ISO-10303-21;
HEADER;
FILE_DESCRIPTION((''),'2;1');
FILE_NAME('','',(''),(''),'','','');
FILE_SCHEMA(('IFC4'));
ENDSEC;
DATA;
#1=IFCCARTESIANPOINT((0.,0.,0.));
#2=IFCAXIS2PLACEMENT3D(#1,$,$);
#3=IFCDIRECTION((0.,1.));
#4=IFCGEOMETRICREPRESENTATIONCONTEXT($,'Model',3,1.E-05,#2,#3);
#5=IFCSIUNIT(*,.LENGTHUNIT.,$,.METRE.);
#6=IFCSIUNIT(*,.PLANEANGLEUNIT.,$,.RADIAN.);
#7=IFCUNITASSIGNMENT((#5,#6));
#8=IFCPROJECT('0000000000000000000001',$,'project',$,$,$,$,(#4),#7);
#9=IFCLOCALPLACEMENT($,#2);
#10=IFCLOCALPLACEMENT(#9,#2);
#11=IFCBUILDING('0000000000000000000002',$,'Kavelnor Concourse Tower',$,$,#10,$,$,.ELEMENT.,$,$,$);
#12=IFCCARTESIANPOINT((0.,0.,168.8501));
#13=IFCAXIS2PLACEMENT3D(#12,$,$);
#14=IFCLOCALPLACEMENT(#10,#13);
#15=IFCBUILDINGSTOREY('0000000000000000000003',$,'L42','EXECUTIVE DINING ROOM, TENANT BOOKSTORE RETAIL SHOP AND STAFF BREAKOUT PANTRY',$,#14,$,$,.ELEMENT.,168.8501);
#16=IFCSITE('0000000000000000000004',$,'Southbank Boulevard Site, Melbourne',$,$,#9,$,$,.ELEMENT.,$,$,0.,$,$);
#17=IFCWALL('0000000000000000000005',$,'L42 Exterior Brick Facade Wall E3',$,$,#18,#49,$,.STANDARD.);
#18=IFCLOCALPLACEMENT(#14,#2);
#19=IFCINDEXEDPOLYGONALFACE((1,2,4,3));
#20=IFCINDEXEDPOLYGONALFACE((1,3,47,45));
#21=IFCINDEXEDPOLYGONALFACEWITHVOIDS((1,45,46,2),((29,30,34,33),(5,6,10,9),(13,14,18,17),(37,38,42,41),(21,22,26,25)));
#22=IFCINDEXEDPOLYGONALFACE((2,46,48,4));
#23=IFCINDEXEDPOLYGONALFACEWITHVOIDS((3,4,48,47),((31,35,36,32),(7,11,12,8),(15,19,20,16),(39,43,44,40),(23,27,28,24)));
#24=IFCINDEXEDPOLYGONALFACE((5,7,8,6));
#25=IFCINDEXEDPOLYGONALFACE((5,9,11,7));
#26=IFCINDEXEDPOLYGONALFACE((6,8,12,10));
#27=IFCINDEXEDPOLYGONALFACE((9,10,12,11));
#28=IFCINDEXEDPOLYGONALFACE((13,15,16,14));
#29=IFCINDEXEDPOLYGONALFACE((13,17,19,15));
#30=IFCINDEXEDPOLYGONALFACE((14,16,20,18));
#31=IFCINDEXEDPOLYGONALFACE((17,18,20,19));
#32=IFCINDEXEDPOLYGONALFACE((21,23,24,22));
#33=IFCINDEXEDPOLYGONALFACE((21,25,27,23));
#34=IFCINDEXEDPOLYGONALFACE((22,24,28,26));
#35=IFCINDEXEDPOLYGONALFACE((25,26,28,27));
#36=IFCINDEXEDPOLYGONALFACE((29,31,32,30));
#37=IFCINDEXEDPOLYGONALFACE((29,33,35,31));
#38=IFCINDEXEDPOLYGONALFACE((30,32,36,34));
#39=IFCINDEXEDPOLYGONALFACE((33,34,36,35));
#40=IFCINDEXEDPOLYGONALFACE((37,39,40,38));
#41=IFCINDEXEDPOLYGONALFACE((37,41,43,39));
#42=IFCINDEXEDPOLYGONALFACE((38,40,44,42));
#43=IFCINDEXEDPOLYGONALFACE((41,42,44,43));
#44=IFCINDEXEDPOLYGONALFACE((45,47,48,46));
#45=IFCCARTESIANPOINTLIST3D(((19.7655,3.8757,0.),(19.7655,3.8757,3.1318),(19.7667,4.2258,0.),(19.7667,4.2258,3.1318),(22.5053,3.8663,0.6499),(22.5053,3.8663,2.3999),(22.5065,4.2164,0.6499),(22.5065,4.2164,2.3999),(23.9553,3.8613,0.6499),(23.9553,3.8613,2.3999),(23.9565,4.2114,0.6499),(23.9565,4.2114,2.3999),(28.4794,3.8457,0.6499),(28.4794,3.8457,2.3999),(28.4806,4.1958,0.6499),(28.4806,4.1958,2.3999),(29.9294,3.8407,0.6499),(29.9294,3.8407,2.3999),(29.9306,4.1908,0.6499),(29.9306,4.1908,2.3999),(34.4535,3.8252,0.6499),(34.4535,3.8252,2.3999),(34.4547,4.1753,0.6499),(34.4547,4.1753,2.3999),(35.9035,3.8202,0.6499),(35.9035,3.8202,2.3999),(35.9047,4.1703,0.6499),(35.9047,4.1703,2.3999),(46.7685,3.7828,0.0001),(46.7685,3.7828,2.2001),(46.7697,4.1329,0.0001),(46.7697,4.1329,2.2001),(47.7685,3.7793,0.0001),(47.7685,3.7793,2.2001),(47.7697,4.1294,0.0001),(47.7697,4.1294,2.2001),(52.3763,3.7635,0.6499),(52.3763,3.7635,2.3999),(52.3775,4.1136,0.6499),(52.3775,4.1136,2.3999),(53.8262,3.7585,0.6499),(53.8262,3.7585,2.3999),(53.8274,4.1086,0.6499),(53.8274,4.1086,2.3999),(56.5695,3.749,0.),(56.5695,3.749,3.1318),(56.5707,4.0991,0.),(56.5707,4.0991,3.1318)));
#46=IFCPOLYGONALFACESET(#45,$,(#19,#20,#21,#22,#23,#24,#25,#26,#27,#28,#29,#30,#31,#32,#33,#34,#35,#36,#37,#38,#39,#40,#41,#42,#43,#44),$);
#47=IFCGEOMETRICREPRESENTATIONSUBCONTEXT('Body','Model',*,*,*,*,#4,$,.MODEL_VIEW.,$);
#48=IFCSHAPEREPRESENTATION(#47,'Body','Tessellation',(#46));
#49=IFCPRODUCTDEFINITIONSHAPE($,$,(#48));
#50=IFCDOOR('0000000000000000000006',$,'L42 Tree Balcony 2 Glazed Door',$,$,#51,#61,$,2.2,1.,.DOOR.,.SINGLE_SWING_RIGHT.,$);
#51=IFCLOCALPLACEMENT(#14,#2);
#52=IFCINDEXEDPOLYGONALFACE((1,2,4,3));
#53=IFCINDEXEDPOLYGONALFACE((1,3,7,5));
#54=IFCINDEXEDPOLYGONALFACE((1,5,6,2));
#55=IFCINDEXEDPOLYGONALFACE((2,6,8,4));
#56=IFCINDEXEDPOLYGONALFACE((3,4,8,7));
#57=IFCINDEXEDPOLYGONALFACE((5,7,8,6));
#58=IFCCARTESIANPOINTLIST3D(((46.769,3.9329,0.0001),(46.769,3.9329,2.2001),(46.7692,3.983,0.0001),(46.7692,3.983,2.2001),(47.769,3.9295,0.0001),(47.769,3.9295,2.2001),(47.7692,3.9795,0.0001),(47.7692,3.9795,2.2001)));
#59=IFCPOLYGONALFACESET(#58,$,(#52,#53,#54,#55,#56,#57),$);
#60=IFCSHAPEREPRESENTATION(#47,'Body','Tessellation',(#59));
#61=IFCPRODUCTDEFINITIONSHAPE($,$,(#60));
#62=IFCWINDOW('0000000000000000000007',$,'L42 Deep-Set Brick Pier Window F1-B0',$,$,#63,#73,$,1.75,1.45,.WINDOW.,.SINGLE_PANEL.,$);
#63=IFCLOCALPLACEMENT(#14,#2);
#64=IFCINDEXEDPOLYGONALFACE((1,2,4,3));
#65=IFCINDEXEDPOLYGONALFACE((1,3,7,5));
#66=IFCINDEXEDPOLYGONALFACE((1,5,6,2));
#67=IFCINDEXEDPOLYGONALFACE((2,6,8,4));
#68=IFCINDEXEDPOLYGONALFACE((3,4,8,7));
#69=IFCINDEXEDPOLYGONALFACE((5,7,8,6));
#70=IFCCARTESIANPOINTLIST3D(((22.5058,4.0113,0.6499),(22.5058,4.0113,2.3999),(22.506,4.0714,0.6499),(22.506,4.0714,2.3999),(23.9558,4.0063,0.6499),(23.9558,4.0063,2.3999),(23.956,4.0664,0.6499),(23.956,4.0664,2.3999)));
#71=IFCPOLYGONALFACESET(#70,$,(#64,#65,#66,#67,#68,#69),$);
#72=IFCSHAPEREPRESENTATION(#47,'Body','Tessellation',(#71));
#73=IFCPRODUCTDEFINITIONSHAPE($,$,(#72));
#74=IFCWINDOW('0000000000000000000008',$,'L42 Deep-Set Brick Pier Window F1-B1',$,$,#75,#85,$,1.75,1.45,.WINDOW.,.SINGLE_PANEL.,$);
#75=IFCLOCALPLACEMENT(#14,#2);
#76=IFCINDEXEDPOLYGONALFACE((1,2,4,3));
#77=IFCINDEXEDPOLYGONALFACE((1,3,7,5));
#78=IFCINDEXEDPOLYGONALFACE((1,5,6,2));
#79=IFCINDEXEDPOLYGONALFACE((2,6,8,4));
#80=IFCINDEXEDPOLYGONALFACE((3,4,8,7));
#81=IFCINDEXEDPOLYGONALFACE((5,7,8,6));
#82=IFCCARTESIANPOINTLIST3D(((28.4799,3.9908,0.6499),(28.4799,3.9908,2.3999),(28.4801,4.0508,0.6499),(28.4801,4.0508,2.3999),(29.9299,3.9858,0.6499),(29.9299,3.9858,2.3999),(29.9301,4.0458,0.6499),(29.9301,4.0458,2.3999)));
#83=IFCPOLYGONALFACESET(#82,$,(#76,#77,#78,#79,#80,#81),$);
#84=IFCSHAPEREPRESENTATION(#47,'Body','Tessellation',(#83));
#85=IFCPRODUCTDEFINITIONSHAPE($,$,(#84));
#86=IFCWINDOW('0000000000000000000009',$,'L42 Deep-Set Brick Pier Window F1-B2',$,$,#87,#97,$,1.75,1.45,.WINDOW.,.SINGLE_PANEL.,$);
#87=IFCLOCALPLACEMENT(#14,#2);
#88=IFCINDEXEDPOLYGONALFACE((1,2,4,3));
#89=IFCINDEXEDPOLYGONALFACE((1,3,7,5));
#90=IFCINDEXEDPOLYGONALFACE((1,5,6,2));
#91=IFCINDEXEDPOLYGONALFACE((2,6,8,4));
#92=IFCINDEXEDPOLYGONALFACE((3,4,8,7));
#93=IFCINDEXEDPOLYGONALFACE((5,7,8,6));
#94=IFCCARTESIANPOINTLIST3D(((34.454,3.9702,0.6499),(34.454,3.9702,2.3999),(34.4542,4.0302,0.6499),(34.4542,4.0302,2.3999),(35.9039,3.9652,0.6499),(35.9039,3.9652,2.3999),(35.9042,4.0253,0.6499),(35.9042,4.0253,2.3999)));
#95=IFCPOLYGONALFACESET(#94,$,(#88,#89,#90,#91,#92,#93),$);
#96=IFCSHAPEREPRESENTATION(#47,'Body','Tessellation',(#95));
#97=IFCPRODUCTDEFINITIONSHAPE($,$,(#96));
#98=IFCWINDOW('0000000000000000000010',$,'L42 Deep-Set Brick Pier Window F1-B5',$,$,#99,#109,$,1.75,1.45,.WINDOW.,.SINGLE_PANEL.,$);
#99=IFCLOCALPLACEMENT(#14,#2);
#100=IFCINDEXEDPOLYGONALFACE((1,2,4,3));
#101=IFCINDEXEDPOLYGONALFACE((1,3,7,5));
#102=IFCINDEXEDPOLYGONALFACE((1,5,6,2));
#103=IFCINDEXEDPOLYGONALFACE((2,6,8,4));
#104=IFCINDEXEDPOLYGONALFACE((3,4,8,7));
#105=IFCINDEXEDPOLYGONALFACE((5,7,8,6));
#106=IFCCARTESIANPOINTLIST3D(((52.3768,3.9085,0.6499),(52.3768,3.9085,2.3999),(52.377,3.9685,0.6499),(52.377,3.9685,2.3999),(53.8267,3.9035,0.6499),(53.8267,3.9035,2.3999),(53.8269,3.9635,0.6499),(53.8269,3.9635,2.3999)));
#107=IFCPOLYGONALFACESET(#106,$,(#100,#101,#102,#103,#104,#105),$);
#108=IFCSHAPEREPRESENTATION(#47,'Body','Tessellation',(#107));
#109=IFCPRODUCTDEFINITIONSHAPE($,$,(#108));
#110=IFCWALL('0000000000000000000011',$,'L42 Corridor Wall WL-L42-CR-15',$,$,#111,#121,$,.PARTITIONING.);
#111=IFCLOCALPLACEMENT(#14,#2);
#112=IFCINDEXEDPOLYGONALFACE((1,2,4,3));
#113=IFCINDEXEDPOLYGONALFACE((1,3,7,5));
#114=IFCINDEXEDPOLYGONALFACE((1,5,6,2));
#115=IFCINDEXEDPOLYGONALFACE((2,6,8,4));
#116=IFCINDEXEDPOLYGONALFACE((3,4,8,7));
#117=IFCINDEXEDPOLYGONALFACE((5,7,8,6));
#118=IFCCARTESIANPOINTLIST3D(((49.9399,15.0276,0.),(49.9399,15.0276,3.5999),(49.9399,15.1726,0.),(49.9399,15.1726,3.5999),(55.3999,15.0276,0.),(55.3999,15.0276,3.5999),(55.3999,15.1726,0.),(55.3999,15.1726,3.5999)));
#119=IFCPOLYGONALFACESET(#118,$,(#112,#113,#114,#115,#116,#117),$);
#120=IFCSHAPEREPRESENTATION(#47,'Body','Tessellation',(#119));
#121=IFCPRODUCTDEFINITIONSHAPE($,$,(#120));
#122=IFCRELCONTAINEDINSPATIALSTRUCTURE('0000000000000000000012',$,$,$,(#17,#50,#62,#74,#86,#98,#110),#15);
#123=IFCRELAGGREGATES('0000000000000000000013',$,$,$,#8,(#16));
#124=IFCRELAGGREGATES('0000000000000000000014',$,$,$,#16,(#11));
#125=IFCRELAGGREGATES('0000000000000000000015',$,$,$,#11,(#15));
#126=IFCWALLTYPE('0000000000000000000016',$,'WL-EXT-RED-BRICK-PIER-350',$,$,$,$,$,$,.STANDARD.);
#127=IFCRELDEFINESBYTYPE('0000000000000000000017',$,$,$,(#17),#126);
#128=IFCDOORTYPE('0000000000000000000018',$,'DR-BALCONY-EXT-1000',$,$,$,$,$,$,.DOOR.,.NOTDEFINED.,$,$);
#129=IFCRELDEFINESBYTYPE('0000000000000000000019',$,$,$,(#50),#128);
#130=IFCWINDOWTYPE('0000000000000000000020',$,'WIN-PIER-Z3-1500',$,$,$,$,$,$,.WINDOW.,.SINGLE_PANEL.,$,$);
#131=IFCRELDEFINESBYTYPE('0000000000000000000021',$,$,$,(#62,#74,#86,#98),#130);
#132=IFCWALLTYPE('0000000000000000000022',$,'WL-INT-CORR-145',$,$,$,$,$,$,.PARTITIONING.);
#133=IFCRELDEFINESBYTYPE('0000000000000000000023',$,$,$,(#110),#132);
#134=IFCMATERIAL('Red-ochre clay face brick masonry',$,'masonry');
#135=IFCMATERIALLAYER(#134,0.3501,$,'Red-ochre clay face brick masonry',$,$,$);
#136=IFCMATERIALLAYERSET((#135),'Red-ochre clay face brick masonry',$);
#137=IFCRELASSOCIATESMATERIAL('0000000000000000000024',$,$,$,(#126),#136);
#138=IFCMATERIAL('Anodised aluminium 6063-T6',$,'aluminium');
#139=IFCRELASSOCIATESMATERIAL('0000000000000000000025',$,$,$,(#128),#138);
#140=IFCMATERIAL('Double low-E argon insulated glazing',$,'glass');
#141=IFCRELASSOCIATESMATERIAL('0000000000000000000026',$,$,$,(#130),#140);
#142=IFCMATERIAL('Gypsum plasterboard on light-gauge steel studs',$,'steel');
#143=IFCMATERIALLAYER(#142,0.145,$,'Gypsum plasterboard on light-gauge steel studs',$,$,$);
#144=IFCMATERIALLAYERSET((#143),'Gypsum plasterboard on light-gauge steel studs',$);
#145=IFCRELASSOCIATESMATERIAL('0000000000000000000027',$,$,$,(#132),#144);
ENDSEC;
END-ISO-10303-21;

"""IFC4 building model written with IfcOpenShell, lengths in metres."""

from ifc_helpers import new_model, si_unit, direction, frame, frame_2d, origin, place, context, subcontext, project, spatial, rectangle, extrude, material, layer, layer_set, type_object, element, fill, save


model = new_model("IFC4")

# Units and contexts
model_context = context("Model", 3, precision=1e-05, world=origin(), true_north=direction((0.0, 1.0)))
body_context = subcontext(model_context, "Body", "Model", "MODEL_VIEW")
ifc_project = project(units=[si_unit("LENGTHUNIT", "METRE"), si_unit("PLANEANGLEUNIT", "RADIAN")], contexts=[model_context])

# Site, building, storey
site_placement = place(None, origin())
site = spatial("IfcSite", under=ifc_project, at=site_placement, Name="Southbank Boulevard Site, Melbourne", CompositionType="ELEMENT", RefElevation=0.0)
building_placement = place(site_placement, origin())
building = spatial("IfcBuilding", under=site, at=building_placement, Name="Kavelnor Concourse Tower", CompositionType="ELEMENT")
storey_placement = place(building_placement, frame((0.0, 0.0, 168.8501)))
storey = spatial("IfcBuildingStorey", under=building, at=storey_placement, Name="L42", Description="EXECUTIVE DINING ROOM, TENANT BOOKSTORE RETAIL SHOP AND STAFF BREAKOUT PANTRY", CompositionType="ELEMENT", Elevation=168.8501)

# Shared definitions
ifc_material_1 = material(Name="Double low-E argon insulated glazing", Category="glass")

# Wall, openings, door, windows
ifc_material_2 = material(Name="Red-ochre clay face brick masonry", Category="masonry")
ifc_layer_1 = layer(ifc_material_2, 0.3501, Name="Red-ochre clay face brick masonry")
ifc_layer_set_1 = layer_set([ifc_layer_1], Name="Red-ochre clay face brick masonry")
wall_type_1 = type_object("IfcWallType", Name="WL-EXT-RED-BRICK-PIER-350", PredefinedType="STANDARD", material=ifc_layer_set_1)
wall_1_placement = place(storey_placement, frame((56.5701, 3.9241, 0.0), z_axis=(0.0, 0.0, 1.0), x_axis=(-0.999994, 0.003443, 0.0)))
wall_1 = element("IfcWall", 1, at=wall_1_placement, inside=storey, type_object=wall_type_1, Name="L42 Exterior Brick Facade Wall E3", PredefinedType="STANDARD", context=body_context, shape_type="SweptSolid", body=[
    extrude(rectangle(XDim=36.8042, YDim=0.3501, at=frame_2d((18.4021, 0.0))), origin(), (0.0, 0.0, 1.0), 3.1318),
])
opening_1_placement = place(wall_1_placement, frame((8.801, 0.0, 0.0)))
opening_1 = element("IfcOpeningElement", 2, at=opening_1_placement, cuts=wall_1, PredefinedType="OPENING", context=body_context, shape_type="SweptSolid", body=[
    extrude(rectangle(XDim=1.0, YDim=2.2, at=frame_2d((0.5, 1.1001))), frame((0.0, 0.1851, 0.0), z_axis=(0.0, -1.0, 0.0), x_axis=(1.0, 0.0, 0.0)), (0.0, 0.0, 1.0), 0.3701),
])
opening_2_placement = place(wall_1_placement, frame((32.6143, 0.0, 0.6499)))
opening_2 = element("IfcOpeningElement", 3, at=opening_2_placement, cuts=wall_1, PredefinedType="OPENING", context=body_context, shape_type="SweptSolid", body=[
    extrude(rectangle(XDim=1.45, YDim=1.75, at=frame_2d((0.7251, 0.875))), frame((0.0, 0.1851, 0.0), z_axis=(0.0, -1.0, 0.0), x_axis=(1.0, 0.0, 0.0)), (0.0, 0.0, 1.0), 0.3701),
])
opening_3_placement = place(wall_1_placement, frame((26.6401, 0.0, 0.6499)))
opening_3 = element("IfcOpeningElement", 4, at=opening_3_placement, cuts=wall_1, PredefinedType="OPENING", context=body_context, shape_type="SweptSolid", body=[
    extrude(rectangle(XDim=1.45, YDim=1.75, at=frame_2d((0.7251, 0.875))), frame((0.0, 0.1851, 0.0), z_axis=(0.0, -1.0, 0.0), x_axis=(1.0, 0.0, 0.0)), (0.0, 0.0, 1.0), 0.3701),
])
opening_4_placement = place(wall_1_placement, frame((20.666, 0.0, 0.6499)))
opening_4 = element("IfcOpeningElement", 5, at=opening_4_placement, cuts=wall_1, PredefinedType="OPENING", context=body_context, shape_type="SweptSolid", body=[
    extrude(rectangle(XDim=1.45, YDim=1.75, at=frame_2d((0.7251, 0.875))), frame((0.0, 0.1851, 0.0), z_axis=(0.0, -1.0, 0.0), x_axis=(1.0, 0.0, 0.0)), (0.0, 0.0, 1.0), 0.3701),
])
opening_5_placement = place(wall_1_placement, frame((2.7432, 0.0, 0.6499)))
opening_5 = element("IfcOpeningElement", 6, at=opening_5_placement, cuts=wall_1, PredefinedType="OPENING", context=body_context, shape_type="SweptSolid", body=[
    extrude(rectangle(XDim=1.45, YDim=1.75, at=frame_2d((0.7251, 0.875))), frame((0.0, 0.1851, 0.0), z_axis=(0.0, -1.0, 0.0), x_axis=(1.0, 0.0, 0.0)), (0.0, 0.0, 1.0), 0.3701),
])
ifc_material_3 = material(Name="Anodised aluminium 6063-T6", Category="aluminium")
door_type = type_object("IfcDoorType", Name="DR-BALCONY-EXT-1000", OperationType="NOTDEFINED", PredefinedType="DOOR", material=ifc_material_3)
door_placement = place(opening_1_placement, origin())
door = element("IfcDoor", 7, at=door_placement, inside=storey, type_object=door_type, Name="L42 Tree Balcony 2 Glazed Door", OperationType="SINGLE_SWING_RIGHT", OverallHeight=2.2, OverallWidth=1.0, PredefinedType="DOOR", context=body_context, shape_type="SweptSolid", body=[
    extrude(rectangle(XDim=1.0, YDim=2.2, at=frame_2d((0.5, 1.1001))), frame((0.0, 0.0249, 0.0), z_axis=(0.0, -1.0, 0.0), x_axis=(1.0, 0.0, 0.0)), (0.0, 0.0, 1.0), 0.05),
])
fill(opening_1, door)
window_type_1 = type_object("IfcWindowType", Name="WIN-PIER-Z3-1500", PartitioningType="SINGLE_PANEL", PredefinedType="WINDOW", material=ifc_material_1)
window_1_placement = place(opening_2_placement, origin())
window_1 = element("IfcWindow", 8, at=window_1_placement, inside=storey, type_object=window_type_1, Name="L42 Deep-Set Brick Pier Window F1-B0", OverallHeight=1.75, OverallWidth=1.45, PartitioningType="SINGLE_PANEL", PredefinedType="WINDOW", context=body_context, shape_type="SweptSolid", body=[
    extrude(rectangle(XDim=1.45, YDim=1.75, at=frame_2d((0.7251, 0.875))), frame((0.0, 0.03, 0.0), z_axis=(0.0, -1.0, 0.0), x_axis=(1.0, 0.0, 0.0)), (0.0, 0.0, 1.0), 0.0601),
])
fill(opening_2, window_1)
window_2_placement = place(opening_3_placement, origin())
window_2 = element("IfcWindow", 9, at=window_2_placement, inside=storey, type_object=window_type_1, Name="L42 Deep-Set Brick Pier Window F1-B1", OverallHeight=1.75, OverallWidth=1.45, PartitioningType="SINGLE_PANEL", PredefinedType="WINDOW", context=body_context, shape_type="SweptSolid", body=[
    extrude(rectangle(XDim=1.45, YDim=1.75, at=frame_2d((0.7251, 0.875))), frame((0.0, 0.03, 0.0), z_axis=(0.0, -1.0, 0.0), x_axis=(1.0, 0.0, 0.0)), (0.0, 0.0, 1.0), 0.0601),
])
fill(opening_3, window_2)
window_3_placement = place(opening_4_placement, origin())
window_3 = element("IfcWindow", 10, at=window_3_placement, inside=storey, type_object=window_type_1, Name="L42 Deep-Set Brick Pier Window F1-B2", OverallHeight=1.75, OverallWidth=1.45, PartitioningType="SINGLE_PANEL", PredefinedType="WINDOW", context=body_context, shape_type="SweptSolid", body=[
    extrude(rectangle(XDim=1.45, YDim=1.75, at=frame_2d((0.7251, 0.875))), frame((0.0, 0.03, 0.0), z_axis=(0.0, -1.0, 0.0), x_axis=(1.0, 0.0, 0.0)), (0.0, 0.0, 1.0), 0.0601),
])
fill(opening_4, window_3)
window_4_placement = place(opening_5_placement, origin())
window_4 = element("IfcWindow", 11, at=window_4_placement, inside=storey, type_object=window_type_1, Name="L42 Deep-Set Brick Pier Window F1-B5", OverallHeight=1.75, OverallWidth=1.45, PartitioningType="SINGLE_PANEL", PredefinedType="WINDOW", context=body_context, shape_type="SweptSolid", body=[
    extrude(rectangle(XDim=1.45, YDim=1.75, at=frame_2d((0.7251, 0.875))), frame((0.0, 0.03, 0.0), z_axis=(0.0, -1.0, 0.0), x_axis=(1.0, 0.0, 0.0)), (0.0, 0.0, 1.0), 0.0601),
])
fill(opening_5, window_4)

# Wall
ifc_material_4 = material(Name="Gypsum plasterboard on light-gauge steel studs", Category="steel")
ifc_layer_2 = layer(ifc_material_4, 0.145, Name="Gypsum plasterboard on light-gauge steel studs")
ifc_layer_set_2 = layer_set([ifc_layer_2], Name="Gypsum plasterboard on light-gauge steel studs")
wall_type_2 = type_object("IfcWallType", Name="WL-INT-CORR-145", PredefinedType="PARTITIONING", material=ifc_layer_set_2)
wall_2_placement = place(storey_placement, frame((55.3999, 15.1001, 0.0), z_axis=(0.0, 0.0, 1.0), x_axis=(-1.0, 0.0, 0.0)))
element("IfcWall", 12, at=wall_2_placement, inside=storey, type_object=wall_type_2, Name="L42 Corridor Wall WL-L42-CR-15", PredefinedType="PARTITIONING", context=body_context, shape_type="SweptSolid", body=[
    extrude(rectangle(XDim=5.46, YDim=0.145, at=frame_2d((2.73, 0.0))), origin(), (0.0, 0.0, 1.0), 3.5999),
])

save(model, "model.ifc")
